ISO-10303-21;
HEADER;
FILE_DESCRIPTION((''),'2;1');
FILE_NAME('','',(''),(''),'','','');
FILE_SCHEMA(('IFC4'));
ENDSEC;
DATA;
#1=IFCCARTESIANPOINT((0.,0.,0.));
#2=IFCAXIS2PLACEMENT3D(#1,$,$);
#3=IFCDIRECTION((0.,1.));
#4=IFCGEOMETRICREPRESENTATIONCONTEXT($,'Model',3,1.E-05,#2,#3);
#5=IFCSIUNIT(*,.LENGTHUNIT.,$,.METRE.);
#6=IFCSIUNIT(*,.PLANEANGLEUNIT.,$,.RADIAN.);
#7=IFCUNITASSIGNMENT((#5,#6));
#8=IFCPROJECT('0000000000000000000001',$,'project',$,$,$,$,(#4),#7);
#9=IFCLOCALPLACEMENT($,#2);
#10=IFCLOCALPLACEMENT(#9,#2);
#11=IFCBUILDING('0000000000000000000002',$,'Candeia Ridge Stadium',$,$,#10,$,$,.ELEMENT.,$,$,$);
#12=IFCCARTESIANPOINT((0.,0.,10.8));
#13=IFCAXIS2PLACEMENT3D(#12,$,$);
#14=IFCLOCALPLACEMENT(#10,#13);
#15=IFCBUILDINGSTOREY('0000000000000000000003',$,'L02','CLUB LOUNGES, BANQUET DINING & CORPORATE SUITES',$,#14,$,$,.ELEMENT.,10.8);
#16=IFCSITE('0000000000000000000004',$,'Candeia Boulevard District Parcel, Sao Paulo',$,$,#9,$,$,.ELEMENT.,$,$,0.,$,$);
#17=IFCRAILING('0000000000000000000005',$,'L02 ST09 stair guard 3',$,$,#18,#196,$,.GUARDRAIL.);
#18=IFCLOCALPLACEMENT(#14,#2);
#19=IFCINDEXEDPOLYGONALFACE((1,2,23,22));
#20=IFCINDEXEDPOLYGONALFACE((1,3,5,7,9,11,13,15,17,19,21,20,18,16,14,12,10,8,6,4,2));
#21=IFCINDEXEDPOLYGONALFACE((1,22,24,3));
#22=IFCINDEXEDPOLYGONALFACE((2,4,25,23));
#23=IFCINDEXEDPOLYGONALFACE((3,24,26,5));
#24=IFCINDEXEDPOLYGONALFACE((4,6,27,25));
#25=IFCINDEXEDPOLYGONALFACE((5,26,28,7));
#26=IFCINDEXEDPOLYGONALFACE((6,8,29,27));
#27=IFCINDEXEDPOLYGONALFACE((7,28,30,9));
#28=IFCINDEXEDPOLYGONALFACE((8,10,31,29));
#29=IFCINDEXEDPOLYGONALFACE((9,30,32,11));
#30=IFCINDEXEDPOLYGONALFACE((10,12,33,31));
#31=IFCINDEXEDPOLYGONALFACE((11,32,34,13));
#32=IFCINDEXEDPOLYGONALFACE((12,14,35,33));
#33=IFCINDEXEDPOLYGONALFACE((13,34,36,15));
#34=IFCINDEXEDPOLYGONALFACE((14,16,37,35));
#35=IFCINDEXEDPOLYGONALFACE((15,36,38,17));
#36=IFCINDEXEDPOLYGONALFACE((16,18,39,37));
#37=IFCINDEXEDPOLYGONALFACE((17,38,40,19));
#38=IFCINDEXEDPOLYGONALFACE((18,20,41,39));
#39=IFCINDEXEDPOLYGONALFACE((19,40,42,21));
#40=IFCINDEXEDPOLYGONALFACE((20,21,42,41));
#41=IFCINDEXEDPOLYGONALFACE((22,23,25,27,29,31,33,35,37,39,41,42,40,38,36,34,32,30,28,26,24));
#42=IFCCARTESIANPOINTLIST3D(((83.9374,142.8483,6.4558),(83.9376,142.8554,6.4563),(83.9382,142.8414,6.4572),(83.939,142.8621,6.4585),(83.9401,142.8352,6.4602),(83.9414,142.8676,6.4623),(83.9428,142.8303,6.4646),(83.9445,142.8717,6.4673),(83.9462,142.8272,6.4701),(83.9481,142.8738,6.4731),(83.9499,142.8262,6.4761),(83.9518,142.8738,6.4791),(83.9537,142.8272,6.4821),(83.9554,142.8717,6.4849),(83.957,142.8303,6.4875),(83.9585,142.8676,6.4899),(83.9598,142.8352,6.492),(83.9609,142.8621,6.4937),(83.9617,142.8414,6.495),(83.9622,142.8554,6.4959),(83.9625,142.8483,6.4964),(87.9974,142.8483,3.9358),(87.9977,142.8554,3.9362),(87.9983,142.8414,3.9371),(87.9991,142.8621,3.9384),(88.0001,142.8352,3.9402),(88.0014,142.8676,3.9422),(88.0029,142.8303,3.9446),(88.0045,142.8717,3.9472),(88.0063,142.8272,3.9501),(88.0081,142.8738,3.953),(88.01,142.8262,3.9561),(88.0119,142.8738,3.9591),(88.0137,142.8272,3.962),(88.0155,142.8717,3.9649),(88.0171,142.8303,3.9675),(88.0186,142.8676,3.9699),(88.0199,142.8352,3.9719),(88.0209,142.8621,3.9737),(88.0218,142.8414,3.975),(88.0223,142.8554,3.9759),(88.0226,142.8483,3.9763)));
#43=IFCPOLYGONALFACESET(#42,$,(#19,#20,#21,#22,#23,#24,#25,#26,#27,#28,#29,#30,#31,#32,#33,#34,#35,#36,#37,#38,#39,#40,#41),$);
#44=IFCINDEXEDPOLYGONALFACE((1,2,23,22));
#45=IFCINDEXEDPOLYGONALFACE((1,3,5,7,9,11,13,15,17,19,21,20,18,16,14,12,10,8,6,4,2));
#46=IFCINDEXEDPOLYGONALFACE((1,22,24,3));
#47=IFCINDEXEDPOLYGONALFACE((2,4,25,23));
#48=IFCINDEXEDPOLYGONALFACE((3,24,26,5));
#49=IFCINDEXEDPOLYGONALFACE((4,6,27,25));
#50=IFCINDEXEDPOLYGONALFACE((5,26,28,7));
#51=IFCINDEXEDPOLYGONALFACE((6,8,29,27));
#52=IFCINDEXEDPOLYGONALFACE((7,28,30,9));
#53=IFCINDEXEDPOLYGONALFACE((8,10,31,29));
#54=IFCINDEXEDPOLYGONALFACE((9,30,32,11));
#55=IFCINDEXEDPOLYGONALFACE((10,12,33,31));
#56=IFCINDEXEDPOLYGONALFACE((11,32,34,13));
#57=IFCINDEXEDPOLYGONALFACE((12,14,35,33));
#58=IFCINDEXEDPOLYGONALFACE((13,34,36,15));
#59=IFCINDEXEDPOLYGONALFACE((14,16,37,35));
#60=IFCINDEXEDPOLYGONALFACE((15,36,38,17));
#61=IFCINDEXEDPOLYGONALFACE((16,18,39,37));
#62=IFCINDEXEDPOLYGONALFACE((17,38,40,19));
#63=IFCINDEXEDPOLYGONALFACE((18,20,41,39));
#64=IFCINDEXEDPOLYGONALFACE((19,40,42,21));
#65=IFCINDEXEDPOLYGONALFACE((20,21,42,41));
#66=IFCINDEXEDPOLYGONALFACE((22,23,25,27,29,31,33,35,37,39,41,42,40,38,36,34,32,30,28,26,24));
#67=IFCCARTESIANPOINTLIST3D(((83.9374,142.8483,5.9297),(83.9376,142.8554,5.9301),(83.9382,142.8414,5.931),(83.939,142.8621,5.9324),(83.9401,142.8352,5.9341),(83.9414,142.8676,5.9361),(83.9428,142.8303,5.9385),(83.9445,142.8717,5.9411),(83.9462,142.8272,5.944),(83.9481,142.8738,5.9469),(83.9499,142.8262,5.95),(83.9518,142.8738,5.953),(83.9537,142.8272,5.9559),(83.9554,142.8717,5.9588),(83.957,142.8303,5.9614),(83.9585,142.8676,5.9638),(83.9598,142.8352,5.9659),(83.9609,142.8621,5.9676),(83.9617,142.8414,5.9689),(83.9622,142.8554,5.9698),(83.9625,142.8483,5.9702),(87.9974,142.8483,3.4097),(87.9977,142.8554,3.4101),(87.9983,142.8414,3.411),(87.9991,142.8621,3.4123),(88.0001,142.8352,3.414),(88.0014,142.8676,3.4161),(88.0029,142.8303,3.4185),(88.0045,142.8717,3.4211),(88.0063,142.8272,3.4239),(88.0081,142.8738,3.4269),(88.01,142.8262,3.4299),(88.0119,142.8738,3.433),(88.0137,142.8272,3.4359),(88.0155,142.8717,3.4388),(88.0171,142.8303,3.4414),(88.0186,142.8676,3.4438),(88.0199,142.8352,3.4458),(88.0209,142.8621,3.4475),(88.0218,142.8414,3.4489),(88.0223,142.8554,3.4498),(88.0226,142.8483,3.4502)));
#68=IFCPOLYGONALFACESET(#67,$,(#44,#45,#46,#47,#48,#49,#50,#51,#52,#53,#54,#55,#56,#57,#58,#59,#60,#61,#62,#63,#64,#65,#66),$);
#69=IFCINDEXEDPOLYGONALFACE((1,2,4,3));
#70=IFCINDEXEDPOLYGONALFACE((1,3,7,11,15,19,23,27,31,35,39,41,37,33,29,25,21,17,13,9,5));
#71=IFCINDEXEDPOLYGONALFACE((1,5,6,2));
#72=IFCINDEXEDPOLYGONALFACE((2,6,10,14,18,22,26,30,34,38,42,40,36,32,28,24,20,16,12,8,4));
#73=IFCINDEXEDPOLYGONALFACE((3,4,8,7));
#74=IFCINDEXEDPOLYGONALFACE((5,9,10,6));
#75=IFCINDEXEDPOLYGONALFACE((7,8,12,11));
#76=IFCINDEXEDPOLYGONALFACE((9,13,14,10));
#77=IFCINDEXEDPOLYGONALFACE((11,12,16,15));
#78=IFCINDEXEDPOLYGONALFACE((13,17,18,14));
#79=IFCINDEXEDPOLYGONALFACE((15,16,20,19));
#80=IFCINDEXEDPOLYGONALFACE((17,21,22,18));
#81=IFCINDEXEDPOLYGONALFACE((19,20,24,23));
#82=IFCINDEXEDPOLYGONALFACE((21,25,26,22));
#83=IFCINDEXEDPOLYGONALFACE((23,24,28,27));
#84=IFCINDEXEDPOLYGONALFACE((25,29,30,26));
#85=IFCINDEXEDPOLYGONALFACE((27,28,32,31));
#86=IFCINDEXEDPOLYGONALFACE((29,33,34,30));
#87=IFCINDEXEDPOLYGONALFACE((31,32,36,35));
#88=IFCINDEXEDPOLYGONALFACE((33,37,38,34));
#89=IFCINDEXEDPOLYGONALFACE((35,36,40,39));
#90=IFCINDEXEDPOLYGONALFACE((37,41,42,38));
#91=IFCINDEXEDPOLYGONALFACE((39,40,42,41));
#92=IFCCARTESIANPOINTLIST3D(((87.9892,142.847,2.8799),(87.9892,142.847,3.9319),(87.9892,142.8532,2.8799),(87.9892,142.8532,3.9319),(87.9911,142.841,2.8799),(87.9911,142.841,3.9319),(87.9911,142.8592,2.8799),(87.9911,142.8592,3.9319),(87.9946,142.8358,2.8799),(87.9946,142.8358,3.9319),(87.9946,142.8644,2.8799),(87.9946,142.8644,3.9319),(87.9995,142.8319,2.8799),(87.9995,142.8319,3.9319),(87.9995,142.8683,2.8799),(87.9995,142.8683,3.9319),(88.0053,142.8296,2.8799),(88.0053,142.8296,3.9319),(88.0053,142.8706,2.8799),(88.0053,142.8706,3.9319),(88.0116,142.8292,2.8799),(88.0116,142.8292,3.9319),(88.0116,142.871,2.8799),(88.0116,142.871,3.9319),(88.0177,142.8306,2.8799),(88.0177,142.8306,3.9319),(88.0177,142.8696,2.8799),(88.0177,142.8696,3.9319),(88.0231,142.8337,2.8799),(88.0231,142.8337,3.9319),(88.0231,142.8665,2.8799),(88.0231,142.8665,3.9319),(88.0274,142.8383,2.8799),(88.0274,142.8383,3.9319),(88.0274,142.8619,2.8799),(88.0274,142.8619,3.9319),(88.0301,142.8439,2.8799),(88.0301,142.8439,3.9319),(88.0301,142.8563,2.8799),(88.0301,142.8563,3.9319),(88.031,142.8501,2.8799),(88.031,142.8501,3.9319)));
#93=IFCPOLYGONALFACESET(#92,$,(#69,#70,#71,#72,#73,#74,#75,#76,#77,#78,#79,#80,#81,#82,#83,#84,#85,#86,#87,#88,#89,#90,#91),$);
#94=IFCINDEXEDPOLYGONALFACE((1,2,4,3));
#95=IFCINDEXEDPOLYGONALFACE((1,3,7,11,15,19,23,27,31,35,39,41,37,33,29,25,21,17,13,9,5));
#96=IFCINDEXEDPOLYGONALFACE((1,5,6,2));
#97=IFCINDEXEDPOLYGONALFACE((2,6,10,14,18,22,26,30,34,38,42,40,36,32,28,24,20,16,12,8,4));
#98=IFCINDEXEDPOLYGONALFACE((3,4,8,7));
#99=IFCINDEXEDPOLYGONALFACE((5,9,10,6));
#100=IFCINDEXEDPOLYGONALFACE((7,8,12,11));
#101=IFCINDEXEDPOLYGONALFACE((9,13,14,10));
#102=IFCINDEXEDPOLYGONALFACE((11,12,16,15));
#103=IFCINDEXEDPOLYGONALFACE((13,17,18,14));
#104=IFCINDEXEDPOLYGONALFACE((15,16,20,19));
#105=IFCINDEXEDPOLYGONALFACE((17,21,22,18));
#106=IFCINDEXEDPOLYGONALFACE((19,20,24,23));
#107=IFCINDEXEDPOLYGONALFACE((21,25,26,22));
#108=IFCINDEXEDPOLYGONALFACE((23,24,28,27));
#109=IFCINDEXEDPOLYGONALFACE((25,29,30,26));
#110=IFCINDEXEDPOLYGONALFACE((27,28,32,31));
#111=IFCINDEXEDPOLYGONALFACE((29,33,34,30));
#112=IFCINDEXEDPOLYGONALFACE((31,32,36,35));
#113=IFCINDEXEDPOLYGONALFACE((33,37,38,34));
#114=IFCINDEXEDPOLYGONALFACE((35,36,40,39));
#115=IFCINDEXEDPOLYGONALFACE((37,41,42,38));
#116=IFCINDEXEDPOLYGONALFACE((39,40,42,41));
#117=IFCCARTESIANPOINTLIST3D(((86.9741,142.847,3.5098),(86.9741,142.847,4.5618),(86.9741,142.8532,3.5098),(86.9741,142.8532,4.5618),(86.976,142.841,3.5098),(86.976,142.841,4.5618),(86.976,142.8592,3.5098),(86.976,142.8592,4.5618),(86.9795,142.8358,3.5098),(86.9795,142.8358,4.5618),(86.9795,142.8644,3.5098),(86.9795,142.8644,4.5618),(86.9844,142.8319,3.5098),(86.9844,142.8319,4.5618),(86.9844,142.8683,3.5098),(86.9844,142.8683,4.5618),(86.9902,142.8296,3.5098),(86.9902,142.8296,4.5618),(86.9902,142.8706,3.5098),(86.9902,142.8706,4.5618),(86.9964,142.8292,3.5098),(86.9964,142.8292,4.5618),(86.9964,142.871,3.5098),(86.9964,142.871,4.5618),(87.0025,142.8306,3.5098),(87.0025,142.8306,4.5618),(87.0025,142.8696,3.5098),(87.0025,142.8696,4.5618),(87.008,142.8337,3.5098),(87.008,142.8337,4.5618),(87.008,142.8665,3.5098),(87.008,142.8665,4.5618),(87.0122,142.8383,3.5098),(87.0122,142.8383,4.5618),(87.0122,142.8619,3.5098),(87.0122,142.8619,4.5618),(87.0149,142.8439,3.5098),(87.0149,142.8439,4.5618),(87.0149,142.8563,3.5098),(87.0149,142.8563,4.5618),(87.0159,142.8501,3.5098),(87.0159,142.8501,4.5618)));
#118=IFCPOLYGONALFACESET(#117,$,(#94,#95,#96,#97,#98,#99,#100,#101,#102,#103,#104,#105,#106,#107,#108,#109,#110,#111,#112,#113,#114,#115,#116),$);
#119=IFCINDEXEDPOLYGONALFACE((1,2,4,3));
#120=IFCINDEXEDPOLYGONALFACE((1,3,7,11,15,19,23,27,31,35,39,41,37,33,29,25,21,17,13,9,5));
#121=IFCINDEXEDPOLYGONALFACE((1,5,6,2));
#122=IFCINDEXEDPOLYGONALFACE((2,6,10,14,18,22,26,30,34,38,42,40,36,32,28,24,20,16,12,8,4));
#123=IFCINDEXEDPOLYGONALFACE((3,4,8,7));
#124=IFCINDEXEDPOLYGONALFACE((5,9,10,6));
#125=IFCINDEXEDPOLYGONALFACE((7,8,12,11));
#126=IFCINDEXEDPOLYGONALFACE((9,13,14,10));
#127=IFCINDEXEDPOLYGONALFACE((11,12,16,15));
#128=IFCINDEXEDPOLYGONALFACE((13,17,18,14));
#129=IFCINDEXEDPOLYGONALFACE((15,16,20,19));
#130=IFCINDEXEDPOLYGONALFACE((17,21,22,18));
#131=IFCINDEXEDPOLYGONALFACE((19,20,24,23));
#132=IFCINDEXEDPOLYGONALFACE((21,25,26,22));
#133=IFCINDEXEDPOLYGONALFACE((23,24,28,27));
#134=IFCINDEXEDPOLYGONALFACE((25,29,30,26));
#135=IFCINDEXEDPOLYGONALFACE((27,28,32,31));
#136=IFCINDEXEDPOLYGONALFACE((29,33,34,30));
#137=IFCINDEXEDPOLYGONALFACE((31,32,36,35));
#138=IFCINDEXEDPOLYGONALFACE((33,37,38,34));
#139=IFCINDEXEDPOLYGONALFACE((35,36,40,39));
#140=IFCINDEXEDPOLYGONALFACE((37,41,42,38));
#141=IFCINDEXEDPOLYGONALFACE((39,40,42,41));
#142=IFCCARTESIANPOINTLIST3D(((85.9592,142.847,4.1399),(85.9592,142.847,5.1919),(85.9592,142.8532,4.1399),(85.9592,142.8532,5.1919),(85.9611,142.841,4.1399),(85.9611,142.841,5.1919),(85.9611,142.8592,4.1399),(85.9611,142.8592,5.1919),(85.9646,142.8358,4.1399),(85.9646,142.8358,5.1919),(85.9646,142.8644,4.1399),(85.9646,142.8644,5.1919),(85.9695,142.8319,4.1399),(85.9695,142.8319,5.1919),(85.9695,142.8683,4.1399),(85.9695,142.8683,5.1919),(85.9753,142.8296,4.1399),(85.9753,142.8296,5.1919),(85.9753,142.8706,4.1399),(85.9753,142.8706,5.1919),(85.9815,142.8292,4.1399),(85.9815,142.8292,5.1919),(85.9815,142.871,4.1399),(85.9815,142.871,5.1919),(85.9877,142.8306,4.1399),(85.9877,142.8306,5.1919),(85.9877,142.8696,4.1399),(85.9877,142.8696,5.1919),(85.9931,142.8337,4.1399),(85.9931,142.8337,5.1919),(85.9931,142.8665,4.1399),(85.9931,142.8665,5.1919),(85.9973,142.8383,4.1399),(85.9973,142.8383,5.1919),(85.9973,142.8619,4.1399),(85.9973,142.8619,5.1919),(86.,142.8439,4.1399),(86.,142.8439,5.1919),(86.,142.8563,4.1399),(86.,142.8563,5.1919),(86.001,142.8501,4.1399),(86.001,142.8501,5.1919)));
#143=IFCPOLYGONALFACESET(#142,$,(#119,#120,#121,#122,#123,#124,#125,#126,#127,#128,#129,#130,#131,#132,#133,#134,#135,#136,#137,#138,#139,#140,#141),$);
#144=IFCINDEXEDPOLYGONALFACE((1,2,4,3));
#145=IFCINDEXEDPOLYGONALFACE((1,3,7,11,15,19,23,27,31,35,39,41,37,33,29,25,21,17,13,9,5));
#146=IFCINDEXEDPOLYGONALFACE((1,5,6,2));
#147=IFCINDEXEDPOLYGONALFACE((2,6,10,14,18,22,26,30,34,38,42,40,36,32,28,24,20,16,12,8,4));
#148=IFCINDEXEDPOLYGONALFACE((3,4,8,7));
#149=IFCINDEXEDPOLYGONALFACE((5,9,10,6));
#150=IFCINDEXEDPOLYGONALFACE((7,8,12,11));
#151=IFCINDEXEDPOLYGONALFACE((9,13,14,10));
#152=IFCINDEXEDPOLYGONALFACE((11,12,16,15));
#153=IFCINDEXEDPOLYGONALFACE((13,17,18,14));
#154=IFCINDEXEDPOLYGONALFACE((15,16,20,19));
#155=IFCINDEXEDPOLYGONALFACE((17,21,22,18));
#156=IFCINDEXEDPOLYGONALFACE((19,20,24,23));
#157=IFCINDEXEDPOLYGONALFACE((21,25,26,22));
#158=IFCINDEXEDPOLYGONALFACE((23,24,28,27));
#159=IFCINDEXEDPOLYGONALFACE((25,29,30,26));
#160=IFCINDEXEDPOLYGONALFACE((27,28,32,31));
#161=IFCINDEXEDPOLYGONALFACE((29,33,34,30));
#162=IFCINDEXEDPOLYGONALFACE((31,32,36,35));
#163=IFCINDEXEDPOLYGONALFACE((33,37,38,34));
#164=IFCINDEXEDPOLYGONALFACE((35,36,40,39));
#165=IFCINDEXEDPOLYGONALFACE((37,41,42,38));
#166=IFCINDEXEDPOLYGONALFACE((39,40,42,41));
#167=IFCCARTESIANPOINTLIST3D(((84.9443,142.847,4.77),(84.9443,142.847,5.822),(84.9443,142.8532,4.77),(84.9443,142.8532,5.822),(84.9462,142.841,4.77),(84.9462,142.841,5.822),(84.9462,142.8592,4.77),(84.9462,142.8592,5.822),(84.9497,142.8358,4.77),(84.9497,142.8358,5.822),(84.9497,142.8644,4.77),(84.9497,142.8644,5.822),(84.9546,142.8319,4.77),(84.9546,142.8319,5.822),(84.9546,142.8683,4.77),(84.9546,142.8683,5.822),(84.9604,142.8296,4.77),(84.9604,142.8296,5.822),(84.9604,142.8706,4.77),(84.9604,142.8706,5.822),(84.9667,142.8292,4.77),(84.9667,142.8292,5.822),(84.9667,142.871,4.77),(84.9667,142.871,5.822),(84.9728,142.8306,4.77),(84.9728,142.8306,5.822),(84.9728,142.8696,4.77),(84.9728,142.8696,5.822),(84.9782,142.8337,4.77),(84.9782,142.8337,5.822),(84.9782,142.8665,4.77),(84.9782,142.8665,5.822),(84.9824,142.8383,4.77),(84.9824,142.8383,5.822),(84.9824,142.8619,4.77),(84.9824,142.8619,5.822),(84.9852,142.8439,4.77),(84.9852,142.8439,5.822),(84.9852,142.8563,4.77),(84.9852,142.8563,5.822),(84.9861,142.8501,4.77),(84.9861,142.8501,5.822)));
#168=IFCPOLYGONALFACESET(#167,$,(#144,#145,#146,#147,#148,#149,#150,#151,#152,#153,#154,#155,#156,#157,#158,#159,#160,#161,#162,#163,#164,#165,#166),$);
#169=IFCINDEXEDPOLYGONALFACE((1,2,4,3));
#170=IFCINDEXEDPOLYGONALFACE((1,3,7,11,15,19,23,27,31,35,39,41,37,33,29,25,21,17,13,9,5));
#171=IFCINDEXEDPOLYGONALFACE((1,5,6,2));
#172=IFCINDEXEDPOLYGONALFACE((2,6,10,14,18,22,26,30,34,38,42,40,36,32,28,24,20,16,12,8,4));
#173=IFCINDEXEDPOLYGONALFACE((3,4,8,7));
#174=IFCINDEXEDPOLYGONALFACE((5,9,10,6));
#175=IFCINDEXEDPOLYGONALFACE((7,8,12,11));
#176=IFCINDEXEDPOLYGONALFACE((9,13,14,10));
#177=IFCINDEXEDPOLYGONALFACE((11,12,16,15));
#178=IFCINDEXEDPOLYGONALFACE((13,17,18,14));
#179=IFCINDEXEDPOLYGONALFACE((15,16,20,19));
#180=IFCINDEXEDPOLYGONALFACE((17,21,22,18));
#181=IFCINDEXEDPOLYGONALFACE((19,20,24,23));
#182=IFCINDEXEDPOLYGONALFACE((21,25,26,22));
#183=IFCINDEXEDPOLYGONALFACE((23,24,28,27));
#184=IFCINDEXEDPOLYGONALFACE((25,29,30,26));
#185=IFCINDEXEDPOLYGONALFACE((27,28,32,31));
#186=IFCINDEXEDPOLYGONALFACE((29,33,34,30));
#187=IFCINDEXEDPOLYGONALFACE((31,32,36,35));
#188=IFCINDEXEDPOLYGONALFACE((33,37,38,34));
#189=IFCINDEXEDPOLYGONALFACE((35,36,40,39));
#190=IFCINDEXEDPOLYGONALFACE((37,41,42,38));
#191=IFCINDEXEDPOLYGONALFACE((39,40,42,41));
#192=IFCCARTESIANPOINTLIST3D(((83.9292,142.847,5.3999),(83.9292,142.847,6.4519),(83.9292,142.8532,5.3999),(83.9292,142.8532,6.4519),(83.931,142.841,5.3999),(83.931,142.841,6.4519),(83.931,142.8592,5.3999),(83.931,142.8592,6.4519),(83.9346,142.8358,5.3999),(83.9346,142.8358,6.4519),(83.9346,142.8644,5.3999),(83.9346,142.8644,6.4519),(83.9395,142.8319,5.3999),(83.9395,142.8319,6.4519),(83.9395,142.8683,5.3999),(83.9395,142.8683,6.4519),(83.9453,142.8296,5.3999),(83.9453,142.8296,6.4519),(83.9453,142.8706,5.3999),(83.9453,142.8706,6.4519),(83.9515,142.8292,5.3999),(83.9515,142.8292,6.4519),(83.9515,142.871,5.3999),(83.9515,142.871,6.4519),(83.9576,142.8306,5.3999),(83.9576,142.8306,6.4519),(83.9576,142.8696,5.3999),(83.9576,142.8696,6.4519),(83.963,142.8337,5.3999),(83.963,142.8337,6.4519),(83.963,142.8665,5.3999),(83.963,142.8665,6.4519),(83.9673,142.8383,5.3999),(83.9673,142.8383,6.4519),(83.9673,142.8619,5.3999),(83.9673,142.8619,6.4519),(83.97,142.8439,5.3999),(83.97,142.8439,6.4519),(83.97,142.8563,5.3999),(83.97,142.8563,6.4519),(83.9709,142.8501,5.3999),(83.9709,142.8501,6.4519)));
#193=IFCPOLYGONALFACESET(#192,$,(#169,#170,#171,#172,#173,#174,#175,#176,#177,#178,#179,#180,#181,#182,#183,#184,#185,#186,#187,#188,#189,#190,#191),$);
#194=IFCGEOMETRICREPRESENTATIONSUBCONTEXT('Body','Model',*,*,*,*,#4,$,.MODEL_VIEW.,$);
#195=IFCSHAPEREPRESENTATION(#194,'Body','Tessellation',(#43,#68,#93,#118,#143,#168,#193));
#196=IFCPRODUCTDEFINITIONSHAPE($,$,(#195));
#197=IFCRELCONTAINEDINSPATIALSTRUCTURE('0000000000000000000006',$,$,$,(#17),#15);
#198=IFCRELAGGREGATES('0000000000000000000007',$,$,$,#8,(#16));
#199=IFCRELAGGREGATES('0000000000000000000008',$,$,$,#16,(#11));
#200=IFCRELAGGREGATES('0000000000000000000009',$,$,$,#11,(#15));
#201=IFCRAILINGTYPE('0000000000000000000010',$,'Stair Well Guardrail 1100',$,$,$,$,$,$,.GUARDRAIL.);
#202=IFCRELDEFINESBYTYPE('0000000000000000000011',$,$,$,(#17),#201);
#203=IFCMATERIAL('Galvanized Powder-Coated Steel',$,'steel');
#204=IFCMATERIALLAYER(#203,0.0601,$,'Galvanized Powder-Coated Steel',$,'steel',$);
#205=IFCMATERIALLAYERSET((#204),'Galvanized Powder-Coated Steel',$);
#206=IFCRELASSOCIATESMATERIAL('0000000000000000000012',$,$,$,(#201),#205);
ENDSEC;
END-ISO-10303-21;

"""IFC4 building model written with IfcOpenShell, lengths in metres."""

from ifc_helpers import new_model, si_unit, direction, frame, origin, origin_2d, place, context, subcontext, project, spatial, circle, extrude, material, layer, layer_set, type_object, element, save


model = new_model("IFC4")

# Units and contexts
model_context = context("Model", 3, precision=1e-05, world=origin(), true_north=direction((0.0, 1.0)))
body_context = subcontext(model_context, "Body", "Model", "MODEL_VIEW")
ifc_project = project(units=[si_unit("LENGTHUNIT", "METRE"), si_unit("PLANEANGLEUNIT", "RADIAN")], contexts=[model_context])

# Site, building, storey
site_placement = place(None, origin())
site = spatial("IfcSite", under=ifc_project, at=site_placement, Name="Candeia Boulevard District Parcel, Sao Paulo", CompositionType="ELEMENT", RefElevation=0.0)
building_placement = place(site_placement, origin())
building = spatial("IfcBuilding", under=site, at=building_placement, Name="Candeia Ridge Stadium", CompositionType="ELEMENT")
storey_placement = place(building_placement, frame((0.0, 0.0, 10.8)))
storey = spatial("IfcBuildingStorey", under=building, at=storey_placement, Name="L02", Description="CLUB LOUNGES, BANQUET DINING & CORPORATE SUITES", CompositionType="ELEMENT", Elevation=10.8)

# Railing
ifc_material_1 = material(Name="Galvanized Powder-Coated Steel", Category="steel")
ifc_layer_1 = layer(ifc_material_1, 0.0601, Name="Galvanized Powder-Coated Steel", Category="steel")
ifc_layer_set_1 = layer_set([ifc_layer_1], Name="Galvanized Powder-Coated Steel")
railing_type_1 = type_object("IfcRailingType", Name="Stair Well Guardrail 1100", PredefinedType="GUARDRAIL", material=ifc_layer_set_1)
railing_1_placement = place(storey_placement, frame((88.01, 142.8501, 2.8799)))
element("IfcRailing", 1, at=railing_1_placement, inside=storey, type_object=railing_type_1, Name="L02 ST09 stair guard 3", PredefinedType="GUARDRAIL", context=body_context, shape_type="SweptSolid", body=[
    extrude(circle(Radius=0.0239, at=origin_2d()), frame((0.0, 0.0, 1.0762), z_axis=(-0.849642, 0.0, 0.52736), x_axis=(0.0, -1.0, 0.0)), (0.0, 0.0, 1.0), 4.7786),
    extrude(circle(Radius=0.0239, at=origin_2d()), frame((0.0, 0.0, 0.55), z_axis=(-0.849642, 0.0, 0.52736), x_axis=(0.0, -1.0, 0.0)), (0.0, 0.0, 1.0), 4.7786),
    extrude(circle(Radius=0.021, at=origin_2d()), origin(), (0.0, 0.0, 1.0), 1.052),
    extrude(circle(Radius=0.021, at=origin_2d()), frame((-1.0151, 0.0, 0.6299)), (0.0, 0.0, 1.0), 1.052),
    extrude(circle(Radius=0.021, at=origin_2d()), frame((-2.03, 0.0, 1.26)), (0.0, 0.0, 1.0), 1.052),
    extrude(circle(Radius=0.021, at=origin_2d()), frame((-3.0449, 0.0, 1.8901)), (0.0, 0.0, 1.0), 1.052),
    extrude(circle(Radius=0.021, at=origin_2d()), frame((-4.0601, 0.0, 2.52)), (0.0, 0.0, 1.0), 1.052),
])

save(model, "model.ifc")
